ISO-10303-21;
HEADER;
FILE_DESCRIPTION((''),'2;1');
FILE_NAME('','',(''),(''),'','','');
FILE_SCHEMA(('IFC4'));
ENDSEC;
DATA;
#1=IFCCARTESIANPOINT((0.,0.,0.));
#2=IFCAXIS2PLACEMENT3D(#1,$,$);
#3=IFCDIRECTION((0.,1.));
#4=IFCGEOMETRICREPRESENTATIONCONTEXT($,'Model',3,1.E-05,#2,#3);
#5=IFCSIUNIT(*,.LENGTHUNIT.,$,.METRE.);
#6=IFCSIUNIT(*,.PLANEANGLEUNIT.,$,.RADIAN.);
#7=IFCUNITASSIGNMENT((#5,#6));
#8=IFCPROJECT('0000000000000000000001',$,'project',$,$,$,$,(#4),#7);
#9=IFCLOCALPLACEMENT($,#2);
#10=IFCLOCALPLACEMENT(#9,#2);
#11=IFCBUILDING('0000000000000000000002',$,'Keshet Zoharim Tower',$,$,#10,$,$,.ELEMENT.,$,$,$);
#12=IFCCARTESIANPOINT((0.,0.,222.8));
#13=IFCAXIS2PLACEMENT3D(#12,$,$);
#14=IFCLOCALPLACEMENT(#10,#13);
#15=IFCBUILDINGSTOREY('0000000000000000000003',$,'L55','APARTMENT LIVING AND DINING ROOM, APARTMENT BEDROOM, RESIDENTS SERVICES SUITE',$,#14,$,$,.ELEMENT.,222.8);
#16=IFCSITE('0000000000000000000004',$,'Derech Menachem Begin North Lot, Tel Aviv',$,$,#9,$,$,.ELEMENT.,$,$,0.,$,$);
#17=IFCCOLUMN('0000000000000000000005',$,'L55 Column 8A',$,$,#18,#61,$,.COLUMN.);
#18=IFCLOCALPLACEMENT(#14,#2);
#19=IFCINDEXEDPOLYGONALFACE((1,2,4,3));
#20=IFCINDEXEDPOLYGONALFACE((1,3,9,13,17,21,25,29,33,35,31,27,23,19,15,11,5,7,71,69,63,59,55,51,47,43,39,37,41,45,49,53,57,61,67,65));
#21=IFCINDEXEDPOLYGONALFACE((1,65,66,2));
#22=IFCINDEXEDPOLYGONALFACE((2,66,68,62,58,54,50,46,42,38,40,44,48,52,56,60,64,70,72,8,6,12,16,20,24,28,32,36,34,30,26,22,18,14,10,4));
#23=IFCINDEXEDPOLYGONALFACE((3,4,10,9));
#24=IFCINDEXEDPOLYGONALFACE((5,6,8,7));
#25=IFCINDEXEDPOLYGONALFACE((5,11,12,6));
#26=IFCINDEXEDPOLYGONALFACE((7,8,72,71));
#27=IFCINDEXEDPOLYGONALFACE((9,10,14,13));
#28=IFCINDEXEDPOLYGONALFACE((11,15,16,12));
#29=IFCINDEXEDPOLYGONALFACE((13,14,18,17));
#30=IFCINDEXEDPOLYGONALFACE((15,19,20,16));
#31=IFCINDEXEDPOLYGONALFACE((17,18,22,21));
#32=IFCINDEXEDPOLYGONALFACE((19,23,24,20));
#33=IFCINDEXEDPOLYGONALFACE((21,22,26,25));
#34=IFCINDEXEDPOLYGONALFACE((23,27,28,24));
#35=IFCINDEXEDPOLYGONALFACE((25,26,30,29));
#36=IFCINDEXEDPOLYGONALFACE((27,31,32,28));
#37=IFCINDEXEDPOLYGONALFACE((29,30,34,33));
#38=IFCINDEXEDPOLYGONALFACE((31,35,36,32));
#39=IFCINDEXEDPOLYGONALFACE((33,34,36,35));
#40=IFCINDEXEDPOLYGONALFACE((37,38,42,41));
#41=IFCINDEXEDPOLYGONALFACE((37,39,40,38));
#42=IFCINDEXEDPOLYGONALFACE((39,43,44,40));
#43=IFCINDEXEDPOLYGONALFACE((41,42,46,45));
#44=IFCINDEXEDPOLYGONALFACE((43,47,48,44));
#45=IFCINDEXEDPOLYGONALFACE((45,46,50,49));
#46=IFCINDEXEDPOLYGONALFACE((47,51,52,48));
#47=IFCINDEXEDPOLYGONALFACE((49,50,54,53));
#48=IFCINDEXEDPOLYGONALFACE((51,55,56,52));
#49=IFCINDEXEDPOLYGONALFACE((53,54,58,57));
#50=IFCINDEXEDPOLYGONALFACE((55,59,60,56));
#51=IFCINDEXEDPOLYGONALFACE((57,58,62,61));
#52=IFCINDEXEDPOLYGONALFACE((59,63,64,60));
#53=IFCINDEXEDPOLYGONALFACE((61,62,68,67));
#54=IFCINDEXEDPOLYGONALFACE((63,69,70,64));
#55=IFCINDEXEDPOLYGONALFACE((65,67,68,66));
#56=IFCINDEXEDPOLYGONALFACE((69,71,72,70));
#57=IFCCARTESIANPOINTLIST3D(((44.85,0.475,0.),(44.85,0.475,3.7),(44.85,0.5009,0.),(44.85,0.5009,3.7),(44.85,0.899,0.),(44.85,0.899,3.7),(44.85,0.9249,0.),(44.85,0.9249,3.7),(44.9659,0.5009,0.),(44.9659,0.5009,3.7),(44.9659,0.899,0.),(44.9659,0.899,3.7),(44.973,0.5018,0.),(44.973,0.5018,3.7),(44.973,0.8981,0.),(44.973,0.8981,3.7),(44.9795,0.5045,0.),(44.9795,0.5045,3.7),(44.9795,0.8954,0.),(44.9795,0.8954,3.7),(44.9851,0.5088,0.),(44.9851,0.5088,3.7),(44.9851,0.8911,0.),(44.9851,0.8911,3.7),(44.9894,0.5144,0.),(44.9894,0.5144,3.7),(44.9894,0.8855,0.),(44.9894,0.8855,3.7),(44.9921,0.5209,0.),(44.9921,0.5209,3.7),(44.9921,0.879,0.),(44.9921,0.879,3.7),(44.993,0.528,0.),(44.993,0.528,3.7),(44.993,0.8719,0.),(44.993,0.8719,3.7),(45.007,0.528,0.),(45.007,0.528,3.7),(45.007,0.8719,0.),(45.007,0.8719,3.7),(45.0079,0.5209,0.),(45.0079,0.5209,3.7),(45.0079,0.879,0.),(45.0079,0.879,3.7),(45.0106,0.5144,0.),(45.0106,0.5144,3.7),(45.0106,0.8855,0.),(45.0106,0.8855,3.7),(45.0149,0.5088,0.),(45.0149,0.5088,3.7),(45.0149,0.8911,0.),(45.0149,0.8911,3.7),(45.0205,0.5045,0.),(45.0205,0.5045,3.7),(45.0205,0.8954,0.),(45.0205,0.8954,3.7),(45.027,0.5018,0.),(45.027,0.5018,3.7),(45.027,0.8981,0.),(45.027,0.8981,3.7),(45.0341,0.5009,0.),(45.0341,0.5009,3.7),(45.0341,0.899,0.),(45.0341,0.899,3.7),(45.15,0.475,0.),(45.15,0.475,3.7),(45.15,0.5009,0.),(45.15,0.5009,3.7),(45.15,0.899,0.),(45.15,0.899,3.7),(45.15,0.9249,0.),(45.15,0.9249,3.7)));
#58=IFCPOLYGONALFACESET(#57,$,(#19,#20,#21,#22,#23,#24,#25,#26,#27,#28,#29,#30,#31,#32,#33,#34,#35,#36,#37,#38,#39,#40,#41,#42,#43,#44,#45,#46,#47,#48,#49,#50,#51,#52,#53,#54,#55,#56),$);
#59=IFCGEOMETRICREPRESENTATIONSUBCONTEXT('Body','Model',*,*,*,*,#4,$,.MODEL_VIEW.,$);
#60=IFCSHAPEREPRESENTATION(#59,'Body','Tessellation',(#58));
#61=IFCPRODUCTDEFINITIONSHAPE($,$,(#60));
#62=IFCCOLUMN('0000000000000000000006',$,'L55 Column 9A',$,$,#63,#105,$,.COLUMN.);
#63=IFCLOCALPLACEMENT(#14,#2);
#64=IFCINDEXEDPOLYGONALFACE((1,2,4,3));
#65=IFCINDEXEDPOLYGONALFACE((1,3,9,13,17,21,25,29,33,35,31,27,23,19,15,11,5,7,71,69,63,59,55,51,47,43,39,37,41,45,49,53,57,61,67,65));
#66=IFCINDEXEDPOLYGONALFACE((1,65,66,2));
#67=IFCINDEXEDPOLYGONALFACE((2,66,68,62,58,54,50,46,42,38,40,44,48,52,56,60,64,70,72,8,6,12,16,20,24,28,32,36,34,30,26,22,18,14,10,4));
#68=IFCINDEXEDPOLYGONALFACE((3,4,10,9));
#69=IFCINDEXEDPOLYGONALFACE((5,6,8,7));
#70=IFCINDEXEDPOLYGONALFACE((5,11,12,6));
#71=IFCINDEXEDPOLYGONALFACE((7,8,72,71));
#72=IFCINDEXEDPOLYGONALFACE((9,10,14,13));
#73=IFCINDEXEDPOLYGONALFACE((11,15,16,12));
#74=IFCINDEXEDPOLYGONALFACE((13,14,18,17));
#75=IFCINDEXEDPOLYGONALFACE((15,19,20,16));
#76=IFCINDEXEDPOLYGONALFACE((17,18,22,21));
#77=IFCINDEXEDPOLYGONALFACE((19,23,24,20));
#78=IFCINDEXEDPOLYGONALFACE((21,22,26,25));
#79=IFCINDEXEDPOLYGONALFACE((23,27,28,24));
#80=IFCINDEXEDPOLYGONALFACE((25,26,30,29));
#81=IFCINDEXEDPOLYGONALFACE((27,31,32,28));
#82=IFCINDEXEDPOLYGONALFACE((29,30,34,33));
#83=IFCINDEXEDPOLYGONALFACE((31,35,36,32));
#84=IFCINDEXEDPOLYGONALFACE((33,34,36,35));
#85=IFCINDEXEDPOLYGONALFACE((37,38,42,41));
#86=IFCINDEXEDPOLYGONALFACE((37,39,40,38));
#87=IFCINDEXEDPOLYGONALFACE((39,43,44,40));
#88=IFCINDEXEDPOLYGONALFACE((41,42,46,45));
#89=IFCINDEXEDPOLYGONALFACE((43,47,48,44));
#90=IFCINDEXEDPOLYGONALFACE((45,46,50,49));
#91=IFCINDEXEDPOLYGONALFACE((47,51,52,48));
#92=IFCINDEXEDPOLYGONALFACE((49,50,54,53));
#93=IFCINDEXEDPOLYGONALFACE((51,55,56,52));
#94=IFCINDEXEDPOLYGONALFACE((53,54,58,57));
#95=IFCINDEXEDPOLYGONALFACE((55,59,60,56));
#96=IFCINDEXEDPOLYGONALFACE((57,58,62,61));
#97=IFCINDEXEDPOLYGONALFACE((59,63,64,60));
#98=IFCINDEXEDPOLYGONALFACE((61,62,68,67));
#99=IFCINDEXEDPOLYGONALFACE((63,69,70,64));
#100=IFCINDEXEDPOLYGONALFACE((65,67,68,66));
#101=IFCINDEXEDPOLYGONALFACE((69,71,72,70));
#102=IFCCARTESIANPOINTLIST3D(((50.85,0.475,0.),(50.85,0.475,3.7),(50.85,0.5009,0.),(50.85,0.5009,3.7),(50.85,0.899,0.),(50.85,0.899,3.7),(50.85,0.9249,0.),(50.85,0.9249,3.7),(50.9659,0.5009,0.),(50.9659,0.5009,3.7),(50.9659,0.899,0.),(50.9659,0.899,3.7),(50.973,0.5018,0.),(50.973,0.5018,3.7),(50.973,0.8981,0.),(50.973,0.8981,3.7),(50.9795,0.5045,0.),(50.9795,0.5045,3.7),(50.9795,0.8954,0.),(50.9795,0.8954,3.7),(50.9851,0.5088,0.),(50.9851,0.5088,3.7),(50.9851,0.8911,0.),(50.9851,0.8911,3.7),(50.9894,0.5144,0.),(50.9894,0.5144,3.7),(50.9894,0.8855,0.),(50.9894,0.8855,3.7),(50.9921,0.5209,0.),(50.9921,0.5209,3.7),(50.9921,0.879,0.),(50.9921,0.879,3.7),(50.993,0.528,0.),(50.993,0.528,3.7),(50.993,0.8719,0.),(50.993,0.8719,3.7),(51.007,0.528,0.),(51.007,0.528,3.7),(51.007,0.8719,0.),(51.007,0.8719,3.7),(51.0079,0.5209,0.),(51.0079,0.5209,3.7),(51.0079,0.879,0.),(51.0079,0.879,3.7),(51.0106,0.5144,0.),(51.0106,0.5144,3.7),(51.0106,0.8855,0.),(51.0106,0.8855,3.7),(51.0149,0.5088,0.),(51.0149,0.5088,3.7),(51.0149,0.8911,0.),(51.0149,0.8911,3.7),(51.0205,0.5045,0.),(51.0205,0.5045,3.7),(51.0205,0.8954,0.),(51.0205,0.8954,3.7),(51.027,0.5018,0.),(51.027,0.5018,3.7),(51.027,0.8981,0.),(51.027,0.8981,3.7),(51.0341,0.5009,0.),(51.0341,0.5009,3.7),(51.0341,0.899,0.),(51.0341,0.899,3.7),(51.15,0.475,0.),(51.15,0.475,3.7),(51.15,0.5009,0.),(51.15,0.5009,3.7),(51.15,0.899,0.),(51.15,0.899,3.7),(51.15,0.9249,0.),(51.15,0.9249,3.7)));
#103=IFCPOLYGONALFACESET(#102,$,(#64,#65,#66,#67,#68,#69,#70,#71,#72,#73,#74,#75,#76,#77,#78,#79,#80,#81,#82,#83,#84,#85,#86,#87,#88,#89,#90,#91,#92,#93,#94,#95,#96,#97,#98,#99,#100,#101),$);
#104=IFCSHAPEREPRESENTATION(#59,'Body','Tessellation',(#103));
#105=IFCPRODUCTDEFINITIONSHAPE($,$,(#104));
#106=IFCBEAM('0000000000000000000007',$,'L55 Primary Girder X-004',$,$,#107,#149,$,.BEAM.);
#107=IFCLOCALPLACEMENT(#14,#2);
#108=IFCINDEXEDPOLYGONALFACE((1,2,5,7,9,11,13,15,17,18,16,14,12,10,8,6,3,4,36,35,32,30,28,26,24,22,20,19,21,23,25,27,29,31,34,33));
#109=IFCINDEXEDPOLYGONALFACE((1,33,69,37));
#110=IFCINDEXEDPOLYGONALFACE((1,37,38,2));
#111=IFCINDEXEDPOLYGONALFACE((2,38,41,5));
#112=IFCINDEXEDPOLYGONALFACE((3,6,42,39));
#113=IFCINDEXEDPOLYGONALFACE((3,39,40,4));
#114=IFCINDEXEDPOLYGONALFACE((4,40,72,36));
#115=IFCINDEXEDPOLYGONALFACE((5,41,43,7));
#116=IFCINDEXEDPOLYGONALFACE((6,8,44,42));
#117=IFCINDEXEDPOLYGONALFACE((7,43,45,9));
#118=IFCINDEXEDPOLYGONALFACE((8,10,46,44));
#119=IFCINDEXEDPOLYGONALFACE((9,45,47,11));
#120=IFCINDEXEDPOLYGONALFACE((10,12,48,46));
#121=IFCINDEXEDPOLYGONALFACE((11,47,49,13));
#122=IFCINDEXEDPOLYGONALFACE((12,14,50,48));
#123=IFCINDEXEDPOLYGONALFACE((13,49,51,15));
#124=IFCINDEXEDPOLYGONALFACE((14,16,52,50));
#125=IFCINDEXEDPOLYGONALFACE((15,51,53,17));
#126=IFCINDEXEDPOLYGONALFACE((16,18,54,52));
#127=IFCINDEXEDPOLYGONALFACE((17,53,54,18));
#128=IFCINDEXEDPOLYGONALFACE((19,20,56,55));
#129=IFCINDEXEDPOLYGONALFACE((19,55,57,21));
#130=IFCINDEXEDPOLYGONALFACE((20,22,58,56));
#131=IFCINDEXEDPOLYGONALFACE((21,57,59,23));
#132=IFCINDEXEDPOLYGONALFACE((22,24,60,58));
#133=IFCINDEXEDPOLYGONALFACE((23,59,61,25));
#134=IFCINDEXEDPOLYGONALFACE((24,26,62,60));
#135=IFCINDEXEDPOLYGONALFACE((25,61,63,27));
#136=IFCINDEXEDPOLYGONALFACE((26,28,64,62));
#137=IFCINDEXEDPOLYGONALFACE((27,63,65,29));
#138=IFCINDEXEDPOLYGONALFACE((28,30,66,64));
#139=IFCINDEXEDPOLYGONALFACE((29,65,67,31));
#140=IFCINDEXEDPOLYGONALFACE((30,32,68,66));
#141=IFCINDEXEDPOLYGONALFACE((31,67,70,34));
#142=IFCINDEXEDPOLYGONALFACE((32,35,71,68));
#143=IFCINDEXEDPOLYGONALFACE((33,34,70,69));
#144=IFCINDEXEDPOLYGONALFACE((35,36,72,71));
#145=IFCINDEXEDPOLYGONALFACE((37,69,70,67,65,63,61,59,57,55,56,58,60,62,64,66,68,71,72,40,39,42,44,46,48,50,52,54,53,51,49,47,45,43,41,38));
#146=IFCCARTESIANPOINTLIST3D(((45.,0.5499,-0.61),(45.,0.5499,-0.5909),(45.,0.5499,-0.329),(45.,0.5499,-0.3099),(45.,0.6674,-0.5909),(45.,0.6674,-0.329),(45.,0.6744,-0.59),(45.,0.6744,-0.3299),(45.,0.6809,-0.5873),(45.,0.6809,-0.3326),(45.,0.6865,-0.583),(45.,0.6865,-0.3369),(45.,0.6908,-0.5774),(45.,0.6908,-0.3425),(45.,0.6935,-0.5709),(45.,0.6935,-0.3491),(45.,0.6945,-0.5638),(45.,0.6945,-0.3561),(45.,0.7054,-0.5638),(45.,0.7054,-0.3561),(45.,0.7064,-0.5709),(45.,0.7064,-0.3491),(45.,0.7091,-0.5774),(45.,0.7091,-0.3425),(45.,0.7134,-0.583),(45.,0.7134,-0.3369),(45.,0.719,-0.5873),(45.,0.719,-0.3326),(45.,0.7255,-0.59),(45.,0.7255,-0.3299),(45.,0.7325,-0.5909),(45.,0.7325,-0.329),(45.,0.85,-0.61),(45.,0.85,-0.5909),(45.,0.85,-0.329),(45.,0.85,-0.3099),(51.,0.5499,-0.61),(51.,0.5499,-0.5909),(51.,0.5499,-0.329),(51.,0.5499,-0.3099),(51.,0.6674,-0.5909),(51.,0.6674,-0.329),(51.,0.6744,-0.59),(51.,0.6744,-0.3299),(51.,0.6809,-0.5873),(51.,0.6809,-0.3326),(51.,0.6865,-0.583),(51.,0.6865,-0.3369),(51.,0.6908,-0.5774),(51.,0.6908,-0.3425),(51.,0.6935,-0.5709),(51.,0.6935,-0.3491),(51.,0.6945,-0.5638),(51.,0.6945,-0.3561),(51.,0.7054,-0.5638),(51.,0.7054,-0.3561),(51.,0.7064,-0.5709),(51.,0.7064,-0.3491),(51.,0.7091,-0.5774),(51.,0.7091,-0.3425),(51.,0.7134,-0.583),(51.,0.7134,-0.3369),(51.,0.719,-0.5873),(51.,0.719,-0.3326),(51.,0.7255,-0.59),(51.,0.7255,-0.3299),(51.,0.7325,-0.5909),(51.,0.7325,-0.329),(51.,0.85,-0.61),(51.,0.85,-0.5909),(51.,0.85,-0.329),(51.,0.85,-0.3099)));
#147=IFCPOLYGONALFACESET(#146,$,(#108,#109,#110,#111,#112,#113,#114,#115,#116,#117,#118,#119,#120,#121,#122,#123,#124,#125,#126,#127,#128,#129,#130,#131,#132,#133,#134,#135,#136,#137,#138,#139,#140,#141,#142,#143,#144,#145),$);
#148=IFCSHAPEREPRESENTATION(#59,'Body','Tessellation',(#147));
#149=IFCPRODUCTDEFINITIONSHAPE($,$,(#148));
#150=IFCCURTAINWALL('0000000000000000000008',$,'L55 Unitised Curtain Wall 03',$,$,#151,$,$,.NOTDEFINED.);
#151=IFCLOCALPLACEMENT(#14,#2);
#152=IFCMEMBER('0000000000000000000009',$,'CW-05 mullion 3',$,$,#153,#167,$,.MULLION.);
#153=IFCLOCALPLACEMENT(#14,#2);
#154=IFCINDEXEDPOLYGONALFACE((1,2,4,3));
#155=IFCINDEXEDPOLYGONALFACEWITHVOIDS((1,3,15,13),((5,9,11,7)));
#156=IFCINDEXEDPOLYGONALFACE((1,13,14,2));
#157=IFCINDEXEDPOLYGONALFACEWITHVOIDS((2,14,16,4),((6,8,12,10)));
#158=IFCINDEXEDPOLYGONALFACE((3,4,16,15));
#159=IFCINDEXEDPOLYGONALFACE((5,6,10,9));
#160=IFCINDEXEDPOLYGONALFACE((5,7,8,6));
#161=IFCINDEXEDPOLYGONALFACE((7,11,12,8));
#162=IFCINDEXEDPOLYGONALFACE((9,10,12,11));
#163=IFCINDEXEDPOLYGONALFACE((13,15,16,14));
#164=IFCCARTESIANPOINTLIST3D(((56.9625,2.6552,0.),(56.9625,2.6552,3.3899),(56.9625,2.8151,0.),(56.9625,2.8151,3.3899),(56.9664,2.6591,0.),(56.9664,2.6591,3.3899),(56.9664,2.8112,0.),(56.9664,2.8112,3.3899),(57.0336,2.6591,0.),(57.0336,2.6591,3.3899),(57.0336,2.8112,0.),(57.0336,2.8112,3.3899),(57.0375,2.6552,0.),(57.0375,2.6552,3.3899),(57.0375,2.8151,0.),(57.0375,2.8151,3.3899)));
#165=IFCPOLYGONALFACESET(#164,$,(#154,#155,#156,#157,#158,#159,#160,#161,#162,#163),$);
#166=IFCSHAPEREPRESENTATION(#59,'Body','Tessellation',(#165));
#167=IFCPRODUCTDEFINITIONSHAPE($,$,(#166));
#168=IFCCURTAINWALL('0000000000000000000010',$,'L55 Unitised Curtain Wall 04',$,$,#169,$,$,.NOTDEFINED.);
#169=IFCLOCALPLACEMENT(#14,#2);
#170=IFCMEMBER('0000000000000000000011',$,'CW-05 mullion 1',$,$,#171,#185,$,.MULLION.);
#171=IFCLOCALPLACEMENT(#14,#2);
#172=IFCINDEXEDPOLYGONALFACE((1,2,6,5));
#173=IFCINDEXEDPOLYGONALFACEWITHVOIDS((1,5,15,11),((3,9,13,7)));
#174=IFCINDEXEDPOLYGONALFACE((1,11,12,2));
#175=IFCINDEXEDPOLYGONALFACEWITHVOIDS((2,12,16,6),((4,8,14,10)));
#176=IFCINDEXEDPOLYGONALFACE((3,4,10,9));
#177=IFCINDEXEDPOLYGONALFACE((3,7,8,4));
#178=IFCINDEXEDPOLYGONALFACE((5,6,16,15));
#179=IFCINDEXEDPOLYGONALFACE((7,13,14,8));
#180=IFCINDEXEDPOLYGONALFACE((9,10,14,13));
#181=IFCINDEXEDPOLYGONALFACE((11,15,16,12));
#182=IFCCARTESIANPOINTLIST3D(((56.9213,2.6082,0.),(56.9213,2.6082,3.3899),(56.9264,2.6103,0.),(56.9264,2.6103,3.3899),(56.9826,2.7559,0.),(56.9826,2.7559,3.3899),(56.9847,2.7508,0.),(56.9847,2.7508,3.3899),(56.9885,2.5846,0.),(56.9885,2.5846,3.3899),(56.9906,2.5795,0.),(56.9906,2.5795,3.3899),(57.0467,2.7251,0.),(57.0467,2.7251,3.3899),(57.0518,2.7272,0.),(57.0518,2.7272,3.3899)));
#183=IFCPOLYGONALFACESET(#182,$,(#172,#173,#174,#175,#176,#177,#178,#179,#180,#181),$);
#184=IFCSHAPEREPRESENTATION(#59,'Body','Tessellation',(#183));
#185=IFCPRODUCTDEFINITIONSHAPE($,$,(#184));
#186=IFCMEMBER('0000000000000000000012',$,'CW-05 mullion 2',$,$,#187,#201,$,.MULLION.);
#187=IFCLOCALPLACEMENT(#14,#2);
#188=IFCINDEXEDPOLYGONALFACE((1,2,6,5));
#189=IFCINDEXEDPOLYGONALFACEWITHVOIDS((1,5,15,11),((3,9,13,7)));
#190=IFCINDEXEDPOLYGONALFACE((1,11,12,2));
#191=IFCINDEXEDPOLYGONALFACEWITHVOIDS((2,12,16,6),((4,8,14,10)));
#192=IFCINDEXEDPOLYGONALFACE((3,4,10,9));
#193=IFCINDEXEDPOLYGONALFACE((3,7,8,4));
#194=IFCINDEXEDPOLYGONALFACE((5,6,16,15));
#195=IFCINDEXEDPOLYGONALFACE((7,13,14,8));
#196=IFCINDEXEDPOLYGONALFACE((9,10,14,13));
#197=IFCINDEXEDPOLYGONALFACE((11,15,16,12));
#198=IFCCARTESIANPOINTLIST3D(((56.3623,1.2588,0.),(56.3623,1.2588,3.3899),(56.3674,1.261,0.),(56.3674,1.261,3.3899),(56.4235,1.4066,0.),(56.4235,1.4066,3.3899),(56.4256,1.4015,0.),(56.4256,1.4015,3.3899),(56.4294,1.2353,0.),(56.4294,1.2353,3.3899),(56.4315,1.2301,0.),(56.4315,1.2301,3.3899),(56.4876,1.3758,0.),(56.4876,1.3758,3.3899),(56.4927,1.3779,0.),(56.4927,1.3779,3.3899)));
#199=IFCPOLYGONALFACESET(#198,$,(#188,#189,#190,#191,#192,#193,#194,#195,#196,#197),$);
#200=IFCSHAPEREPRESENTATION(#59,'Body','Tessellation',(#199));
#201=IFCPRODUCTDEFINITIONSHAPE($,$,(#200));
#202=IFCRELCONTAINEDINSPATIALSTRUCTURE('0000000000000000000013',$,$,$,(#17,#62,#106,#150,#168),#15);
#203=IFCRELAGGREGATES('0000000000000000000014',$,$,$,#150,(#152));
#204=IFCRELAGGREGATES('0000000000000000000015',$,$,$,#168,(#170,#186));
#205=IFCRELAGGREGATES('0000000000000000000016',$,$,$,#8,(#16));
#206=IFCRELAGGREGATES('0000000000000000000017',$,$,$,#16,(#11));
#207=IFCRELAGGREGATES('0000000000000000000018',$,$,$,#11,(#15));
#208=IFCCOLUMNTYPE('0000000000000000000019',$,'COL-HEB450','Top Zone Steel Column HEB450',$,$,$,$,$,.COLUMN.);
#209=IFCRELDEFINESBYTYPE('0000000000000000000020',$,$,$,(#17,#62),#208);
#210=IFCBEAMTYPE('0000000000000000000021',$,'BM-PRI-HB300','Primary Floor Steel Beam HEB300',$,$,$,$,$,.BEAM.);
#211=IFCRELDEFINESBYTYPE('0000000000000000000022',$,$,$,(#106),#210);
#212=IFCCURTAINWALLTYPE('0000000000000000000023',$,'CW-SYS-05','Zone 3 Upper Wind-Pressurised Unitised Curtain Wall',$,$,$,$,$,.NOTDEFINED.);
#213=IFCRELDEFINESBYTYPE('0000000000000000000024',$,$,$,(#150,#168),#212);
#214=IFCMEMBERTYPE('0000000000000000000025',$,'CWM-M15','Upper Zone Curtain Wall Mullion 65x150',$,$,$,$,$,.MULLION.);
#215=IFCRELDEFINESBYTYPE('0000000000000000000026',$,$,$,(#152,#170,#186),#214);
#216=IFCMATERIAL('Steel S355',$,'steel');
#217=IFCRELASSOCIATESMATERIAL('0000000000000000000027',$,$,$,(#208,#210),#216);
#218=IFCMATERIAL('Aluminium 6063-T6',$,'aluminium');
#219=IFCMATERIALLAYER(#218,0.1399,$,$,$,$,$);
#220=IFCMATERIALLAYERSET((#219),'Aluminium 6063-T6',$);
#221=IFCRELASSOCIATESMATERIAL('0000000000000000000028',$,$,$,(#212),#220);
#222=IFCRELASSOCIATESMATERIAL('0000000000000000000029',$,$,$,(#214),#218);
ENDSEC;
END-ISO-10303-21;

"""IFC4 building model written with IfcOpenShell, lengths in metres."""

from ifc_helpers import new_model, si_unit, direction, frame, origin, origin_2d, place, context, subcontext, project, spatial, hollow_rectangle, i_section, extrude, material, layer, layer_set, material_profile, profile_set, type_object, element, aggregate, save


model = new_model("IFC4")

# Units and contexts
model_context = context("Model", 3, precision=1e-05, world=origin(), true_north=direction((0.0, 1.0)))
body_context = subcontext(model_context, "Body", "Model", "MODEL_VIEW")
ifc_project = project(units=[si_unit("LENGTHUNIT", "METRE"), si_unit("PLANEANGLEUNIT", "RADIAN")], contexts=[model_context])

# Site, building, storey
site_placement = place(None, origin())
site = spatial("IfcSite", under=ifc_project, at=site_placement, Name="Derech Menachem Begin North Lot, Tel Aviv", CompositionType="ELEMENT", RefElevation=0.0)
building_placement = place(site_placement, origin())
building = spatial("IfcBuilding", under=site, at=building_placement, Name="Keshet Zoharim Tower", CompositionType="ELEMENT")
storey_placement = place(building_placement, frame((0.0, 0.0, 222.8)))
storey = spatial("IfcBuildingStorey", under=building, at=storey_placement, Name="L55", Description="APARTMENT LIVING AND DINING ROOM, APARTMENT BEDROOM, RESIDENTS SERVICES SUITE", CompositionType="ELEMENT", Elevation=222.8)

# Columns
ifc_material_1 = material(Name="Steel S355", Category="steel")
ifc_material_profile_1 = material_profile(ifc_material_1, i_section(OverallWidth=0.3, OverallDepth=0.45, WebThickness=0.0139, FlangeThickness=0.0259, FilletRadius=0.0271, at=origin_2d()), Name="HEB450")
ifc_profile_set_1 = profile_set([ifc_material_profile_1], Name="Steel S355")
column_type = type_object("IfcColumnType", Name="COL-HEB450", Description="Top Zone Steel Column HEB450", PredefinedType="COLUMN", material=ifc_profile_set_1)
for number, where, z_axis, x_axis, name in (
    (1, (45.0, 0.7, 0.0), (0.0, 0.0, 1.0), (1.0, 0.0, 0.0), "L55 Column 8A"),
    (2, (51.0, 0.7, 0.0), (0.0, 0.0, 1.0), (1.0, 0.0, 0.0), "L55 Column 9A"),
):
    element("IfcColumn", number, at=place(storey_placement, frame(where, z_axis=z_axis, x_axis=x_axis)), inside=storey, type_object=column_type, Name=name, PredefinedType="COLUMN", context=body_context, shape_type="SweptSolid", body=[
        extrude(i_section(OverallWidth=0.3, OverallDepth=0.45, WebThickness=0.0139, FlangeThickness=0.0259, FilletRadius=0.0271, at=origin_2d()), origin(), (0.0, 0.0, 1.0), 3.7),
    ])

# Beam
ifc_material_profile_2 = material_profile(ifc_material_1, i_section(OverallWidth=0.3, OverallDepth=0.3, WebThickness=0.011, FlangeThickness=0.019, FilletRadius=0.0271, at=origin_2d()), Name="HEB300")
ifc_profile_set_2 = profile_set([ifc_material_profile_2], Name="Steel S355")
beam_type = type_object("IfcBeamType", Name="BM-PRI-HB300", Description="Primary Floor Steel Beam HEB300", PredefinedType="BEAM", material=ifc_profile_set_2)
beam_placement = place(storey_placement, frame((45.0, 0.7, -0.46), z_axis=(1.0, 0.0, 0.0), x_axis=(0.0, 1.0, 0.0)))
element("IfcBeam", 3, at=beam_placement, inside=storey, type_object=beam_type, Name="L55 Primary Girder X-004", PredefinedType="BEAM", context=body_context, shape_type="SweptSolid", body=[
    extrude(i_section(OverallWidth=0.3, OverallDepth=0.3, WebThickness=0.011, FlangeThickness=0.019, FilletRadius=0.0271, at=origin_2d()), origin(), (0.0, 0.0, 1.0), 6.0),
])

# Curtain wall, member
ifc_material_2 = material(Name="Aluminium 6063-T6", Category="aluminium")
ifc_layer_1 = layer(ifc_material_2, 0.1399)
ifc_layer_set_1 = layer_set([ifc_layer_1], Name="Aluminium 6063-T6")
curtain_wall_type = type_object("IfcCurtainWallType", Name="CW-SYS-05", Description="Zone 3 Upper Wind-Pressurised Unitised Curtain Wall", PredefinedType="NOTDEFINED", material=ifc_layer_set_1)
curtain_wall_1_placement = place(storey_placement, origin())
curtain_wall_1 = element("IfcCurtainWall", 4, at=curtain_wall_1_placement, inside=storey, type_object=curtain_wall_type, Name="L55 Unitised Curtain Wall 03", PredefinedType="NOTDEFINED")
ifc_material_profile_3 = material_profile(ifc_material_2, hollow_rectangle(XDim=0.075, YDim=0.1599, WallThickness=0.0039, at=origin_2d()), Name="MUL-75x160")
ifc_profile_set_3 = profile_set([ifc_material_profile_3], Name="Aluminium 6063-T6")
member_type_1 = type_object("IfcMemberType", Name="CWM-M15", Description="Upper Zone Curtain Wall Mullion 65x150", PredefinedType="MULLION", material=ifc_profile_set_3)
member_1_placement = place(storey_placement, frame((57.0, 2.7351, 0.0), z_axis=(0.0, 0.0, 1.0), x_axis=(1.0, 0.0, 0.0)))
member_1 = element("IfcMember", 5, at=member_1_placement, type_object=member_type_1, Name="CW-05 mullion 3", PredefinedType="MULLION", context=body_context, shape_type="SweptSolid", body=[
    extrude(hollow_rectangle(XDim=0.075, YDim=0.1599, WallThickness=0.0039, at=origin_2d()), origin(), (0.0, 0.0, 1.0), 3.3899),
])
aggregate(curtain_wall_1, [member_1])

# Curtain wall, members
curtain_wall_2_placement = place(storey_placement, origin())
curtain_wall_2 = element("IfcCurtainWall", 6, at=curtain_wall_2_placement, inside=storey, type_object=curtain_wall_type, Name="L55 Unitised Curtain Wall 04", PredefinedType="NOTDEFINED")
member_2_placement = place(storey_placement, frame((56.9866, 2.6677, 0.0), z_axis=(0.0, 0.0, 1.0), x_axis=(0.92381, -0.382852, 0.0)))
member_2 = element("IfcMember", 7, at=member_2_placement, type_object=member_type_1, Name="CW-05 mullion 1", PredefinedType="MULLION", context=body_context, shape_type="SweptSolid", body=[
    extrude(hollow_rectangle(XDim=0.075, YDim=0.1599, WallThickness=0.0039, at=origin_2d()), origin(), (0.0, 0.0, 1.0), 3.3899),
])
member_3_placement = place(storey_placement, frame((56.4275, 1.3184, 0.0), z_axis=(0.0, 0.0, 1.0), x_axis=(0.92381, -0.382852, 0.0)))
member_3 = element("IfcMember", 8, at=member_3_placement, type_object=member_type_1, Name="CW-05 mullion 2", PredefinedType="MULLION", context=body_context, shape_type="SweptSolid", body=[
    extrude(hollow_rectangle(XDim=0.075, YDim=0.1599, WallThickness=0.0039, at=origin_2d()), origin(), (0.0, 0.0, 1.0), 3.3899),
])

aggregate(curtain_wall_2, [member_2, member_3])

save(model, "model.ifc")
